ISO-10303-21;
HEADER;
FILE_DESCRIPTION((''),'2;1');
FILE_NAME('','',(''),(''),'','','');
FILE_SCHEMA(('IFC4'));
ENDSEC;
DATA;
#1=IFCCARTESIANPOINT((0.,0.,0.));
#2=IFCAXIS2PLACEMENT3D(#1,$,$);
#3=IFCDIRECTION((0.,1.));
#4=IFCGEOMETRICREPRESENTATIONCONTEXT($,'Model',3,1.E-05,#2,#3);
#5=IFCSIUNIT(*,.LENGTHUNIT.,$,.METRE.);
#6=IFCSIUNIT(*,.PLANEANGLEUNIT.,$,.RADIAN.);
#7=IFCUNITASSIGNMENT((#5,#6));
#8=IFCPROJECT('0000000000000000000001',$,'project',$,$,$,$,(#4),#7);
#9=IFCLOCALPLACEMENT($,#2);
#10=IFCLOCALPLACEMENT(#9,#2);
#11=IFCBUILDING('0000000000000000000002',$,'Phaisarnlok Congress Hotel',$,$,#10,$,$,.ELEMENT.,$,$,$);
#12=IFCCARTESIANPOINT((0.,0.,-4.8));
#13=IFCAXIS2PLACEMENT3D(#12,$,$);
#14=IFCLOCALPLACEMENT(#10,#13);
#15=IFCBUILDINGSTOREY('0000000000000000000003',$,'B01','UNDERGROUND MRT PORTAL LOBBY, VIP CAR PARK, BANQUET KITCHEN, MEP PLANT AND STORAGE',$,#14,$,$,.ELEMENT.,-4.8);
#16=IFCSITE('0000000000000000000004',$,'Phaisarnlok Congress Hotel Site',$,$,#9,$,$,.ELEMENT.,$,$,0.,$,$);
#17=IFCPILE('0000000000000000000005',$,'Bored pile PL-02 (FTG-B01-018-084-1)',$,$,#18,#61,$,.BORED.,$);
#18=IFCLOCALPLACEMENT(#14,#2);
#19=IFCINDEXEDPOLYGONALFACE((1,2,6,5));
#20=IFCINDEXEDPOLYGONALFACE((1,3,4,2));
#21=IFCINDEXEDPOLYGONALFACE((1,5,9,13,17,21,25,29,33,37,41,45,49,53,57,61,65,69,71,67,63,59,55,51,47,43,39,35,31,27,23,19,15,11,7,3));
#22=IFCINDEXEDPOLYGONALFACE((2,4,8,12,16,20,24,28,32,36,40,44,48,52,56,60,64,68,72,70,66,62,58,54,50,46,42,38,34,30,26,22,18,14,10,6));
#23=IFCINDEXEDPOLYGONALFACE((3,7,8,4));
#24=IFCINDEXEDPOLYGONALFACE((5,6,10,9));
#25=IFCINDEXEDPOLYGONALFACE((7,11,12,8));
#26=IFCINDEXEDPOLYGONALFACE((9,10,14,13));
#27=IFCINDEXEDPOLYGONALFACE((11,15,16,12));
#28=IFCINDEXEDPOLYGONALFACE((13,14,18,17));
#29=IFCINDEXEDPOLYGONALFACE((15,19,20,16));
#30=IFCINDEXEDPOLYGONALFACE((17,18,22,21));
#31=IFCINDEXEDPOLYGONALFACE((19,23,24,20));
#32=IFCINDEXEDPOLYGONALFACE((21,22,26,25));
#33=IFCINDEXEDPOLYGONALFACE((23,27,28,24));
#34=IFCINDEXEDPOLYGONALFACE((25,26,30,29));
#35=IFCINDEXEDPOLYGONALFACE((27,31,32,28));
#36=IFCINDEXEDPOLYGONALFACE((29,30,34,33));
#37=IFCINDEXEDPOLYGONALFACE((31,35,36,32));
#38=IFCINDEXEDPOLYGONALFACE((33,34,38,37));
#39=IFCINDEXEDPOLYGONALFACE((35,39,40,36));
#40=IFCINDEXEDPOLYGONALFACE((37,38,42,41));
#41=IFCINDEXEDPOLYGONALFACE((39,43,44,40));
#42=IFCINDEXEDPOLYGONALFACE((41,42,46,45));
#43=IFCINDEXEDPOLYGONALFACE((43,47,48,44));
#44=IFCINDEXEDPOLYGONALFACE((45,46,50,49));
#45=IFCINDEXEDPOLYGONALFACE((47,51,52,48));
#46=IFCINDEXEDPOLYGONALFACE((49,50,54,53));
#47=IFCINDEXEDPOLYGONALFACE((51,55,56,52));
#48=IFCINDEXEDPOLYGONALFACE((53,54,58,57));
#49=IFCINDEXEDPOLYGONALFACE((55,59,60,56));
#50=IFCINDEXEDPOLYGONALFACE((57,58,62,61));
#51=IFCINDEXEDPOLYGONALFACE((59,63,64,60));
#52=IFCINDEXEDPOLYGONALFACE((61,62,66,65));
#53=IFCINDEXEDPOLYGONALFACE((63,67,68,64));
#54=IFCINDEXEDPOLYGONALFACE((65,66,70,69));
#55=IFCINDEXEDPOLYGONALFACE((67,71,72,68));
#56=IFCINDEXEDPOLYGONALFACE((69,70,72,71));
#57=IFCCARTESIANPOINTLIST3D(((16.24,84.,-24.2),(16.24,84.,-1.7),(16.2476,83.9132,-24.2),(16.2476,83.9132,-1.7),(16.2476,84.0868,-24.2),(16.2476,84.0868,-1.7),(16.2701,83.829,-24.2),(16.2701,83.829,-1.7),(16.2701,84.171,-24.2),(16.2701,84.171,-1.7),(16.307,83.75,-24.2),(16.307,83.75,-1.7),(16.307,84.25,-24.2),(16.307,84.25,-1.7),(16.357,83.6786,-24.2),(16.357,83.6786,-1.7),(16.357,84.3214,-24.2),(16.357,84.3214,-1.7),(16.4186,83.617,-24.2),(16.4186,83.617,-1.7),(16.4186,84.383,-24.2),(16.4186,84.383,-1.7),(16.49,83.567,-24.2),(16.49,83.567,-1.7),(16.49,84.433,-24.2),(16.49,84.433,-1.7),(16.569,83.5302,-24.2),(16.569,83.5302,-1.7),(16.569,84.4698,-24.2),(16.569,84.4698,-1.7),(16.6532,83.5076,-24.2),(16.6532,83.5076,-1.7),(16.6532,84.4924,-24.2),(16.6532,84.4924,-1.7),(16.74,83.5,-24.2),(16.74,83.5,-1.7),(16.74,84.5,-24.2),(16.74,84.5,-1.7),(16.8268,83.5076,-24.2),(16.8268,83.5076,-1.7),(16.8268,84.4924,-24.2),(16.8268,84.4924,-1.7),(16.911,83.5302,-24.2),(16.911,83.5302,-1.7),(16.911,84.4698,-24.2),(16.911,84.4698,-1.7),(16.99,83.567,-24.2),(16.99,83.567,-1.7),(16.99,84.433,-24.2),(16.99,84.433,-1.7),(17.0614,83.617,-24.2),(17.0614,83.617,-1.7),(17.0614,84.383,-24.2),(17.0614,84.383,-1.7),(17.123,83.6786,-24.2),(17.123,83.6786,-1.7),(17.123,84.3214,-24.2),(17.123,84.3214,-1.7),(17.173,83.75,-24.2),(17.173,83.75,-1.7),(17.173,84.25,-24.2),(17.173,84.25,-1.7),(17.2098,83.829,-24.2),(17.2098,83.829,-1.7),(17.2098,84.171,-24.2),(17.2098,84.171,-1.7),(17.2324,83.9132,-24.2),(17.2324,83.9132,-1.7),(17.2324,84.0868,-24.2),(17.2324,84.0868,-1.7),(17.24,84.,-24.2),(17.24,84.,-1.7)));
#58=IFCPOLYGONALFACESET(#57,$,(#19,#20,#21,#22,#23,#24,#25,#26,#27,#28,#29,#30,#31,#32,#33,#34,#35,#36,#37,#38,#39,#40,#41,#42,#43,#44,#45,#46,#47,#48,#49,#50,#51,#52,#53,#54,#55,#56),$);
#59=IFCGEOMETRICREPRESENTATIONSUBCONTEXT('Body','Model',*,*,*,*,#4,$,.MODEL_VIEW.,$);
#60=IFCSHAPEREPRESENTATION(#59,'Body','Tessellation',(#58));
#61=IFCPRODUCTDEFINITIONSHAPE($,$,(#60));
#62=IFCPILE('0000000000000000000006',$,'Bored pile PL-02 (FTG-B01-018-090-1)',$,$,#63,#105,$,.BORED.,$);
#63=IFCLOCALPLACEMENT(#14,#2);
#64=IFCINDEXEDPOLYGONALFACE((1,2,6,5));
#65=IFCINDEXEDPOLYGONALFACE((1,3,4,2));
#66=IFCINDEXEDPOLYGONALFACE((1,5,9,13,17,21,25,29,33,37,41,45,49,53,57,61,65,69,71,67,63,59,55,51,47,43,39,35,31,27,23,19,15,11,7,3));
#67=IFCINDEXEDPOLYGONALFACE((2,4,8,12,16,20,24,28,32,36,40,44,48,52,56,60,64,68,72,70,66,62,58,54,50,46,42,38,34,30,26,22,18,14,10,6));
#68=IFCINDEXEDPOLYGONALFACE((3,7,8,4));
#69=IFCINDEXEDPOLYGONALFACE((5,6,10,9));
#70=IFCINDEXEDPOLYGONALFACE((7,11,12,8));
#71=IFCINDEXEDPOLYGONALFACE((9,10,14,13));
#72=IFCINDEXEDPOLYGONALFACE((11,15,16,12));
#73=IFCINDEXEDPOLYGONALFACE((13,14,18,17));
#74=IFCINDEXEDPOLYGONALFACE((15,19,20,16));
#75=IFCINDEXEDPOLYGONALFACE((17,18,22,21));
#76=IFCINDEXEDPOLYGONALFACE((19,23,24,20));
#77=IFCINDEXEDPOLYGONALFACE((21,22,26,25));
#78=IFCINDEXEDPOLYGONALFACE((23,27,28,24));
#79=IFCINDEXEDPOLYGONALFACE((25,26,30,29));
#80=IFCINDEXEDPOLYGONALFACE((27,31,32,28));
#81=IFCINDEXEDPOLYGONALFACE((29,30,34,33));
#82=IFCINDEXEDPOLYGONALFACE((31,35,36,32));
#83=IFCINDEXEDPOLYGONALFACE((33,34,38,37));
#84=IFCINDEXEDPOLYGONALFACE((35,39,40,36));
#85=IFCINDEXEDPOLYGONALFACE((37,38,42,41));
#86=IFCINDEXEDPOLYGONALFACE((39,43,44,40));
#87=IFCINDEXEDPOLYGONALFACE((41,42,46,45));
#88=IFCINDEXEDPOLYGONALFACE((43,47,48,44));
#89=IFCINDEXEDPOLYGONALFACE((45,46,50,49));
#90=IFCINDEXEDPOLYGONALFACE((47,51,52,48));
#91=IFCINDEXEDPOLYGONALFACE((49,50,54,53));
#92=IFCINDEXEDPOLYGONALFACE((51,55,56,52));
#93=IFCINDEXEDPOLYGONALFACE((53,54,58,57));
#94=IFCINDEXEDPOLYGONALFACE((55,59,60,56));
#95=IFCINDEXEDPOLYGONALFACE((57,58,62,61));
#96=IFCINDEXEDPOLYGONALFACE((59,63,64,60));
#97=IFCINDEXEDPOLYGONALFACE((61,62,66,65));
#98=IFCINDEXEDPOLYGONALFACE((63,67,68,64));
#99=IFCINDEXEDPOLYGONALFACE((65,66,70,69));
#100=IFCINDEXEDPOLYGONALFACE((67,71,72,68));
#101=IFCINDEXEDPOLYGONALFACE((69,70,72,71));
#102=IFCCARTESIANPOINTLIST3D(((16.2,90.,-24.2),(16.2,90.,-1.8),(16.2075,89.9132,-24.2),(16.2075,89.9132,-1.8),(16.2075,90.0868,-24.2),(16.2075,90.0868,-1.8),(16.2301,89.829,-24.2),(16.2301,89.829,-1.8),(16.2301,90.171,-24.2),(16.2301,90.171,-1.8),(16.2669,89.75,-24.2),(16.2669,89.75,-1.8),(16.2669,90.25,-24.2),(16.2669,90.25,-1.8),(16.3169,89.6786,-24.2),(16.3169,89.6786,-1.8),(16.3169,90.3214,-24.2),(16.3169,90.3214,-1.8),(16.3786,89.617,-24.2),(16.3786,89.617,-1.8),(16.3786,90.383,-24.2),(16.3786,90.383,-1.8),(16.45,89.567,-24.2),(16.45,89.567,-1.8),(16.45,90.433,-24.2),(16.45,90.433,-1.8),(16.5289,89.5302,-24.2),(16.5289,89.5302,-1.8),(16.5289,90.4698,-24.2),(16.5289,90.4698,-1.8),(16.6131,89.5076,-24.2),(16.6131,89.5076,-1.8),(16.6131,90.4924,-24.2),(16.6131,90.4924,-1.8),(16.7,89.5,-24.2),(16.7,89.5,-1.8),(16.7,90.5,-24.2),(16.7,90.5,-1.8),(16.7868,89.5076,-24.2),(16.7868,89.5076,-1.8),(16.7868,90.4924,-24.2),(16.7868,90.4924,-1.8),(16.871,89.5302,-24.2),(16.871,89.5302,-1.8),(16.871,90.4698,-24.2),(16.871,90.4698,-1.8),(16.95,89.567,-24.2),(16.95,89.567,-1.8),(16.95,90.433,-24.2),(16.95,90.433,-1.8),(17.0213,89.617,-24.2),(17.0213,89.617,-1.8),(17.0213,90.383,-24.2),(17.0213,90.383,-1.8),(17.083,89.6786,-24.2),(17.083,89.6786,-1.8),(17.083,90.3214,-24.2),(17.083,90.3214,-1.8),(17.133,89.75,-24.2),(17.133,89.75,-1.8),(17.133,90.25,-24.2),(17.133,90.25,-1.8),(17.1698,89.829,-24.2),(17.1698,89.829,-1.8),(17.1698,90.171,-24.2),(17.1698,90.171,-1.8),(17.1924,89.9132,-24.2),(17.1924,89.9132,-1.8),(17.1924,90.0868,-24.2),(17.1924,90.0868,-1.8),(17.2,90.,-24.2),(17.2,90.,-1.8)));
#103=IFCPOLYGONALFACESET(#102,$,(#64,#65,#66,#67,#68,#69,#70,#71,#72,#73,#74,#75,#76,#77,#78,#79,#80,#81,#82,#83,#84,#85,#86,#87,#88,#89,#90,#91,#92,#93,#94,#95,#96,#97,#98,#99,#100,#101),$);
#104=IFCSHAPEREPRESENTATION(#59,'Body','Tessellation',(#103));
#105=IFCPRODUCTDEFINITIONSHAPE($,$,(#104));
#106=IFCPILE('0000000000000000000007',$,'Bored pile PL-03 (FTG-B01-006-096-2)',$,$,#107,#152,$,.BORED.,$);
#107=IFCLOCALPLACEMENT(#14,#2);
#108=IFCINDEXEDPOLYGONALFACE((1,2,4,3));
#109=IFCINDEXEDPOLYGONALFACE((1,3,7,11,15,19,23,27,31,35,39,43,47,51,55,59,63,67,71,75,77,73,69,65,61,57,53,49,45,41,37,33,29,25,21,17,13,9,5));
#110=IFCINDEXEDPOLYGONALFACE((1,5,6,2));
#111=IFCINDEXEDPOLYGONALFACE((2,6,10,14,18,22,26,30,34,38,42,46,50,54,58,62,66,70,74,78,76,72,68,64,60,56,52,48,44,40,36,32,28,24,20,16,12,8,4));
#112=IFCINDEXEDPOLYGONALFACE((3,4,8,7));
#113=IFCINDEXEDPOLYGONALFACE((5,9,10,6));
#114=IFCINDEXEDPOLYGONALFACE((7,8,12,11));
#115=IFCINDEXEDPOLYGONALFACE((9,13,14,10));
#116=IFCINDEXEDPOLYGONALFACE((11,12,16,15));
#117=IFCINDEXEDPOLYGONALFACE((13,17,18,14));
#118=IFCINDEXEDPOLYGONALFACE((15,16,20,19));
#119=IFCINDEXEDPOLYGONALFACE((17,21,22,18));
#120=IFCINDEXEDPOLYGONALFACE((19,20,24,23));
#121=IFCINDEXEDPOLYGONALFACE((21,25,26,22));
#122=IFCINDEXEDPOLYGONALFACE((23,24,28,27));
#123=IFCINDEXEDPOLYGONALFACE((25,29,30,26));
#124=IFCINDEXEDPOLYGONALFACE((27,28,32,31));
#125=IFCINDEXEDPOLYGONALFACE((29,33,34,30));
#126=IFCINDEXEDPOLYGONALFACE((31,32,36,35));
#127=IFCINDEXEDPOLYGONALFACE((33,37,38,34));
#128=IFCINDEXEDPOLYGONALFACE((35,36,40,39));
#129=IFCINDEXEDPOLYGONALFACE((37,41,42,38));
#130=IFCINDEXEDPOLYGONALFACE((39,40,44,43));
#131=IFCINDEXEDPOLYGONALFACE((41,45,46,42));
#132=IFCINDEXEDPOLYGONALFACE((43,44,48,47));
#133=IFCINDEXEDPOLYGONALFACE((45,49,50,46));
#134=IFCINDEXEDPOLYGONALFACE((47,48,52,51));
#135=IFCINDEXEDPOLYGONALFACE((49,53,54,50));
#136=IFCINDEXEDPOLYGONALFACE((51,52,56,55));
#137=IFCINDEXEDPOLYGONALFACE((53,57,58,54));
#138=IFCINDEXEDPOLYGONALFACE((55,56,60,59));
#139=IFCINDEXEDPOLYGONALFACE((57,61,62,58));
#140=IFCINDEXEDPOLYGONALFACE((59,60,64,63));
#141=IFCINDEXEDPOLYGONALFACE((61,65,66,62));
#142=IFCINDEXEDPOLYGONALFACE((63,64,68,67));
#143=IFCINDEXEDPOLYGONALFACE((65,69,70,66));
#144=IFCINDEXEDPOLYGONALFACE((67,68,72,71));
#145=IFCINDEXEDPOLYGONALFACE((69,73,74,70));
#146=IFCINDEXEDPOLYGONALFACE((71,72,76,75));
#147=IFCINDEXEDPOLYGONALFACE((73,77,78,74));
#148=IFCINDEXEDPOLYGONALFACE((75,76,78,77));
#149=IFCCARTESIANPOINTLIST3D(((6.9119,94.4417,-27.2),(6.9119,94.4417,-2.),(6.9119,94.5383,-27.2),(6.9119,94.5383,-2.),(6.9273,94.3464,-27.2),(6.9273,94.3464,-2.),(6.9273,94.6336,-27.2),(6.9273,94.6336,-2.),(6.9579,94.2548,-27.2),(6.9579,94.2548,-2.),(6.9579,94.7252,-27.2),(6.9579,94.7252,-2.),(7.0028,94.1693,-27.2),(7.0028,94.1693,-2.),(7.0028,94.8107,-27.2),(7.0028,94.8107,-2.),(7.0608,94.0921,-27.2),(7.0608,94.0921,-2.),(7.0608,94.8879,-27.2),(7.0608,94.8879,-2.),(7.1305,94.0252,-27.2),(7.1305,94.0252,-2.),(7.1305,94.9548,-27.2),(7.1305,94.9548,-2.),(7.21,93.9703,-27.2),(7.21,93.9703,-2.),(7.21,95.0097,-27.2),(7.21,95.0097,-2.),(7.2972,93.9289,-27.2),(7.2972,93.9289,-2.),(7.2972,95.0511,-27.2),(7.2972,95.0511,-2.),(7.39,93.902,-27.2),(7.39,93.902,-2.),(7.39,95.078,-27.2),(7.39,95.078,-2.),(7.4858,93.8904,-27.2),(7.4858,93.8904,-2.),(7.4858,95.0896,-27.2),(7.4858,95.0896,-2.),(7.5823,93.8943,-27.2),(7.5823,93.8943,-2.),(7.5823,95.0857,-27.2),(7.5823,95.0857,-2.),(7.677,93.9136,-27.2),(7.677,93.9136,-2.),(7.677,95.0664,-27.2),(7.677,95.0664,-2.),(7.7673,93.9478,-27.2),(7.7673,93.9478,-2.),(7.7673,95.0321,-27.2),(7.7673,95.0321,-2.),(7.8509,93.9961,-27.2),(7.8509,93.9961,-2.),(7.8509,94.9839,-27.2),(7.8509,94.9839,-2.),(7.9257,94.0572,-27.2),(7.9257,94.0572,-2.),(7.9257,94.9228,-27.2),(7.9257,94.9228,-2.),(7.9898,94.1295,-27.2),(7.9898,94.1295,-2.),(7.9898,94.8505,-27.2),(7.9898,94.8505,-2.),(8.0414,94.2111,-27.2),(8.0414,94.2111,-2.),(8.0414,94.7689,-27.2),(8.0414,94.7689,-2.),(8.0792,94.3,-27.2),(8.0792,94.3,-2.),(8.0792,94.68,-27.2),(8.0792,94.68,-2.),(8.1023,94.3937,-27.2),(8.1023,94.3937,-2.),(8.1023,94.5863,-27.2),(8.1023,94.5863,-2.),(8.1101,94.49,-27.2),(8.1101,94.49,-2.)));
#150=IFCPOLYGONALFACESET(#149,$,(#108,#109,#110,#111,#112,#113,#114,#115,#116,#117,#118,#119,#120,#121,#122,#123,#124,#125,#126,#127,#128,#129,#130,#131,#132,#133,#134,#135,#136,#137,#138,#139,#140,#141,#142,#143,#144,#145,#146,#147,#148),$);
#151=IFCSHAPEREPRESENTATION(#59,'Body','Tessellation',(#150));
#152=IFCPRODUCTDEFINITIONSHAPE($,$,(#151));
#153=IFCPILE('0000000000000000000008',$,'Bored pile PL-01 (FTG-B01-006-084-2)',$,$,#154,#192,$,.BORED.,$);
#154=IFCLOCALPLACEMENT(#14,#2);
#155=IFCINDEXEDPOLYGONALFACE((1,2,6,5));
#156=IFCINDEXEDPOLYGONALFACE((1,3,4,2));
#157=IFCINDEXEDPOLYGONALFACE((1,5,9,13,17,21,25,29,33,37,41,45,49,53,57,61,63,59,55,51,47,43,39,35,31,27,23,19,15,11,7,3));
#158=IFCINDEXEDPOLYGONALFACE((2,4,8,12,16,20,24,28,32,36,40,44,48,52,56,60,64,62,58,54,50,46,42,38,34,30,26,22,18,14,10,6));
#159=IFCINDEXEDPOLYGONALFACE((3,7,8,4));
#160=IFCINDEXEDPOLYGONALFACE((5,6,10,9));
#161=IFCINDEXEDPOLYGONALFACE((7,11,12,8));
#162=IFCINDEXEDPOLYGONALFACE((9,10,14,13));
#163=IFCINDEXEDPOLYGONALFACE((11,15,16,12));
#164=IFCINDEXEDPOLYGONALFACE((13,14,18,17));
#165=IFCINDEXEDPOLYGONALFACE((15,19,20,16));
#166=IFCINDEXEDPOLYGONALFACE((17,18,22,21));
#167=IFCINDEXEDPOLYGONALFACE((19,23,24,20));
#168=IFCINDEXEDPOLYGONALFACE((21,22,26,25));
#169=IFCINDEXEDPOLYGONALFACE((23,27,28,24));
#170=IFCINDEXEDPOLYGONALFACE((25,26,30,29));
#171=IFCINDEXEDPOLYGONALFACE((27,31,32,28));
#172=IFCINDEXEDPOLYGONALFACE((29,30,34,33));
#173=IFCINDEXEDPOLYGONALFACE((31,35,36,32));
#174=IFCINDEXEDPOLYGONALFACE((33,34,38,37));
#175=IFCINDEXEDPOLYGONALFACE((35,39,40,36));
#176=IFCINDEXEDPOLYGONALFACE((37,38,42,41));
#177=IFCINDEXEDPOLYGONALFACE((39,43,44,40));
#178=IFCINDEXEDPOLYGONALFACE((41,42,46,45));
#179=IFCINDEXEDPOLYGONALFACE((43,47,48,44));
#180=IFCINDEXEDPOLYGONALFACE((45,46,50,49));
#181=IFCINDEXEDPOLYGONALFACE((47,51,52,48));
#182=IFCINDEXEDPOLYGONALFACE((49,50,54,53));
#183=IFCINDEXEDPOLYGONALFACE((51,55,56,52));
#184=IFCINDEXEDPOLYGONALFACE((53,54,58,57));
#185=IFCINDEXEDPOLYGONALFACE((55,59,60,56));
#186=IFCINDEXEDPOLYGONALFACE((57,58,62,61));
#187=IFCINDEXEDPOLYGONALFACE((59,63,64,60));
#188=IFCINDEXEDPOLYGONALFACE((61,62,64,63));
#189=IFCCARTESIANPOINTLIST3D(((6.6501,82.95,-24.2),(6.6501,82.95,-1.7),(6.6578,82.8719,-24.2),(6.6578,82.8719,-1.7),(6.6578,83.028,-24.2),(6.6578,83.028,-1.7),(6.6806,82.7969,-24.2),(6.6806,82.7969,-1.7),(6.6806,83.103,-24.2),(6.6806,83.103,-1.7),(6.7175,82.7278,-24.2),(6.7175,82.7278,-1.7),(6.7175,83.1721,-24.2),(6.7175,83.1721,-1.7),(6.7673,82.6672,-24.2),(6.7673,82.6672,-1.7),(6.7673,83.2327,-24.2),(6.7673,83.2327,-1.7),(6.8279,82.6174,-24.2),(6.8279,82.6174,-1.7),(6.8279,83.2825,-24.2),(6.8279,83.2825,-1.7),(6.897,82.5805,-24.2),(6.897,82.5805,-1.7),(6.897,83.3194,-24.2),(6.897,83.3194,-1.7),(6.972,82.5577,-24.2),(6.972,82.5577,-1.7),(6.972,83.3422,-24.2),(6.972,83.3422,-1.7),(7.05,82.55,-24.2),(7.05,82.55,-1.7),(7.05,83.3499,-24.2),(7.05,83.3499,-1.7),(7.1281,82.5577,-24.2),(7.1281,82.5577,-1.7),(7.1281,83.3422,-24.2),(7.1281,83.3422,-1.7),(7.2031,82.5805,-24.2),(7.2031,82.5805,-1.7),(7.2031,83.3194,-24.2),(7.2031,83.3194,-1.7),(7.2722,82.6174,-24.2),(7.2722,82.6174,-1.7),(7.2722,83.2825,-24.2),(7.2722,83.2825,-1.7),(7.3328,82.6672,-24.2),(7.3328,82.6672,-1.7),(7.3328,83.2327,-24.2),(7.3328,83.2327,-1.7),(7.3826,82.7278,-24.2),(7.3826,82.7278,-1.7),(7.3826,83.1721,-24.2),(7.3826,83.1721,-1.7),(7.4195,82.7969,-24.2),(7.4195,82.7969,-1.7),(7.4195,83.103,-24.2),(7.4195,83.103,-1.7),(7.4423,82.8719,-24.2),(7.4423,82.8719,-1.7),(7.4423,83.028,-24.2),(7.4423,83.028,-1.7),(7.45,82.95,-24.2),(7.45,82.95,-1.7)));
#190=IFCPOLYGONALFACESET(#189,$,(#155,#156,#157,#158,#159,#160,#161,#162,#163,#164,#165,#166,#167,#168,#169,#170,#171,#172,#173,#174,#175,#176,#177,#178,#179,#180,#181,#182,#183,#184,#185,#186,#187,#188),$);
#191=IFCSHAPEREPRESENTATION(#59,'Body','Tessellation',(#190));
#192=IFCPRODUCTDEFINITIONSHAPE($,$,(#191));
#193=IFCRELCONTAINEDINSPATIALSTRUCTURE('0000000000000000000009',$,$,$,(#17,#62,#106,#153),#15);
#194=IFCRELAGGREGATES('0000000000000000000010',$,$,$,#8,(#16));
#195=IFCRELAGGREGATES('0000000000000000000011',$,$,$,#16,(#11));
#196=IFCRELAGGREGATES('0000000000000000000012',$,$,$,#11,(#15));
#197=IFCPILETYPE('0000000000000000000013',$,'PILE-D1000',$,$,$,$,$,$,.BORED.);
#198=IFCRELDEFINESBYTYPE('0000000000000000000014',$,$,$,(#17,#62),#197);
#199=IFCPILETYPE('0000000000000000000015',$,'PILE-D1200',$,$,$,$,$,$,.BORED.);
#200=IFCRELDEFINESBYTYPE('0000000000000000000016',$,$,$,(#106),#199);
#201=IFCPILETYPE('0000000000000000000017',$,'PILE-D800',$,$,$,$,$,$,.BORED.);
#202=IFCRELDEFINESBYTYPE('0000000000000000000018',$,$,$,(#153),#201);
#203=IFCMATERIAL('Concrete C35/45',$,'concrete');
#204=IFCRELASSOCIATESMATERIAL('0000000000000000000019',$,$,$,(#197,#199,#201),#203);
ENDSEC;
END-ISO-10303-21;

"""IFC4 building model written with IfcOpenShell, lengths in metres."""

from ifc_helpers import new_model, si_unit, direction, frame, origin, origin_2d, place, context, subcontext, project, spatial, circle, extrude, material, material_profile, profile_set, type_object, element, save


model = new_model("IFC4")

# Units and contexts
model_context = context("Model", 3, precision=1e-05, world=origin(), true_north=direction((0.0, 1.0)))
body_context = subcontext(model_context, "Body", "Model", "MODEL_VIEW")
ifc_project = project(units=[si_unit("LENGTHUNIT", "METRE"), si_unit("PLANEANGLEUNIT", "RADIAN")], contexts=[model_context])

# Site, building, storey
site_placement = place(None, origin())
site = spatial("IfcSite", under=ifc_project, at=site_placement, Name="Phaisarnlok Congress Hotel Site", CompositionType="ELEMENT", RefElevation=0.0)
building_placement = place(site_placement, origin())
building = spatial("IfcBuilding", under=site, at=building_placement, Name="Phaisarnlok Congress Hotel", CompositionType="ELEMENT")
storey_placement = place(building_placement, frame((0.0, 0.0, -4.8)))
storey = spatial("IfcBuildingStorey", under=building, at=storey_placement, Name="B01", Description="UNDERGROUND MRT PORTAL LOBBY, VIP CAR PARK, BANQUET KITCHEN, MEP PLANT AND STORAGE", CompositionType="ELEMENT", Elevation=-4.8)

# Piles
ifc_material_1 = material(Name="Concrete C35/45", Category="concrete")
ifc_material_profile_1 = material_profile(ifc_material_1, circle(Radius=0.5, at=origin_2d()), Name="BORED PILE D1000")
ifc_profile_set_1 = profile_set([ifc_material_profile_1], Name="Concrete C35/45")
pile_type_1 = type_object("IfcPileType", Name="PILE-D1000", PredefinedType="BORED", material=ifc_profile_set_1)
pile_1_placement = place(storey_placement, frame((16.74, 84.0, -1.7), z_axis=(0.0, 0.0, -1.0), x_axis=(1.0, 0.0, 0.0)))
element("IfcPile", 1, at=pile_1_placement, inside=storey, type_object=pile_type_1, Name="Bored pile PL-02 (FTG-B01-018-084-1)", PredefinedType="BORED", context=body_context, shape_type="SweptSolid", body=[
    extrude(circle(Radius=0.5, at=origin_2d()), origin(), (0.0, 0.0, 1.0), 22.5),
])
pile_2_placement = place(storey_placement, frame((16.7, 90.0, -1.8), z_axis=(0.0, 0.0, -1.0), x_axis=(1.0, 0.0, 0.0)))
element("IfcPile", 2, at=pile_2_placement, inside=storey, type_object=pile_type_1, Name="Bored pile PL-02 (FTG-B01-018-090-1)", PredefinedType="BORED", context=body_context, shape_type="SweptSolid", body=[
    extrude(circle(Radius=0.5, at=origin_2d()), origin(), (0.0, 0.0, 1.0), 22.3999),
])
ifc_material_profile_2 = material_profile(ifc_material_1, circle(Radius=0.6001, at=origin_2d()), Name="BORED PILE D1200")
ifc_profile_set_2 = profile_set([ifc_material_profile_2], Name="Concrete C35/45")
pile_type_2 = type_object("IfcPileType", Name="PILE-D1200", PredefinedType="BORED", material=ifc_profile_set_2)
pile_3_placement = place(storey_placement, frame((7.51, 94.49, -2.0), z_axis=(0.0, 0.0, -1.0), x_axis=(1.0, 0.0, 0.0)))
element("IfcPile", 3, at=pile_3_placement, inside=storey, type_object=pile_type_2, Name="Bored pile PL-03 (FTG-B01-006-096-2)", PredefinedType="BORED", context=body_context, shape_type="SweptSolid", body=[
    extrude(circle(Radius=0.6001, at=origin_2d()), origin(), (0.0, 0.0, 1.0), 25.2),
])
ifc_material_profile_3 = material_profile(ifc_material_1, circle(Radius=0.3999, at=origin_2d()), Name="BORED PILE D800")
ifc_profile_set_3 = profile_set([ifc_material_profile_3], Name="Concrete C35/45")
pile_type_3 = type_object("IfcPileType", Name="PILE-D800", PredefinedType="BORED", material=ifc_profile_set_3)
for number, where, z_axis, x_axis, name in (
    (4, (7.05, 82.95, -1.7), (0.0, 0.0, -1.0), (1.0, 0.0, 0.0), "Bored pile PL-01 (FTG-B01-006-084-2)"),
):
    element("IfcPile", number, at=place(storey_placement, frame(where, z_axis=z_axis, x_axis=x_axis)), inside=storey, type_object=pile_type_3, Name=name, PredefinedType="BORED", context=body_context, shape_type="SweptSolid", body=[
        extrude(circle(Radius=0.3999, at=origin_2d()), origin(), (0.0, 0.0, 1.0), 22.5),
    ])

save(model, "model.ifc")
